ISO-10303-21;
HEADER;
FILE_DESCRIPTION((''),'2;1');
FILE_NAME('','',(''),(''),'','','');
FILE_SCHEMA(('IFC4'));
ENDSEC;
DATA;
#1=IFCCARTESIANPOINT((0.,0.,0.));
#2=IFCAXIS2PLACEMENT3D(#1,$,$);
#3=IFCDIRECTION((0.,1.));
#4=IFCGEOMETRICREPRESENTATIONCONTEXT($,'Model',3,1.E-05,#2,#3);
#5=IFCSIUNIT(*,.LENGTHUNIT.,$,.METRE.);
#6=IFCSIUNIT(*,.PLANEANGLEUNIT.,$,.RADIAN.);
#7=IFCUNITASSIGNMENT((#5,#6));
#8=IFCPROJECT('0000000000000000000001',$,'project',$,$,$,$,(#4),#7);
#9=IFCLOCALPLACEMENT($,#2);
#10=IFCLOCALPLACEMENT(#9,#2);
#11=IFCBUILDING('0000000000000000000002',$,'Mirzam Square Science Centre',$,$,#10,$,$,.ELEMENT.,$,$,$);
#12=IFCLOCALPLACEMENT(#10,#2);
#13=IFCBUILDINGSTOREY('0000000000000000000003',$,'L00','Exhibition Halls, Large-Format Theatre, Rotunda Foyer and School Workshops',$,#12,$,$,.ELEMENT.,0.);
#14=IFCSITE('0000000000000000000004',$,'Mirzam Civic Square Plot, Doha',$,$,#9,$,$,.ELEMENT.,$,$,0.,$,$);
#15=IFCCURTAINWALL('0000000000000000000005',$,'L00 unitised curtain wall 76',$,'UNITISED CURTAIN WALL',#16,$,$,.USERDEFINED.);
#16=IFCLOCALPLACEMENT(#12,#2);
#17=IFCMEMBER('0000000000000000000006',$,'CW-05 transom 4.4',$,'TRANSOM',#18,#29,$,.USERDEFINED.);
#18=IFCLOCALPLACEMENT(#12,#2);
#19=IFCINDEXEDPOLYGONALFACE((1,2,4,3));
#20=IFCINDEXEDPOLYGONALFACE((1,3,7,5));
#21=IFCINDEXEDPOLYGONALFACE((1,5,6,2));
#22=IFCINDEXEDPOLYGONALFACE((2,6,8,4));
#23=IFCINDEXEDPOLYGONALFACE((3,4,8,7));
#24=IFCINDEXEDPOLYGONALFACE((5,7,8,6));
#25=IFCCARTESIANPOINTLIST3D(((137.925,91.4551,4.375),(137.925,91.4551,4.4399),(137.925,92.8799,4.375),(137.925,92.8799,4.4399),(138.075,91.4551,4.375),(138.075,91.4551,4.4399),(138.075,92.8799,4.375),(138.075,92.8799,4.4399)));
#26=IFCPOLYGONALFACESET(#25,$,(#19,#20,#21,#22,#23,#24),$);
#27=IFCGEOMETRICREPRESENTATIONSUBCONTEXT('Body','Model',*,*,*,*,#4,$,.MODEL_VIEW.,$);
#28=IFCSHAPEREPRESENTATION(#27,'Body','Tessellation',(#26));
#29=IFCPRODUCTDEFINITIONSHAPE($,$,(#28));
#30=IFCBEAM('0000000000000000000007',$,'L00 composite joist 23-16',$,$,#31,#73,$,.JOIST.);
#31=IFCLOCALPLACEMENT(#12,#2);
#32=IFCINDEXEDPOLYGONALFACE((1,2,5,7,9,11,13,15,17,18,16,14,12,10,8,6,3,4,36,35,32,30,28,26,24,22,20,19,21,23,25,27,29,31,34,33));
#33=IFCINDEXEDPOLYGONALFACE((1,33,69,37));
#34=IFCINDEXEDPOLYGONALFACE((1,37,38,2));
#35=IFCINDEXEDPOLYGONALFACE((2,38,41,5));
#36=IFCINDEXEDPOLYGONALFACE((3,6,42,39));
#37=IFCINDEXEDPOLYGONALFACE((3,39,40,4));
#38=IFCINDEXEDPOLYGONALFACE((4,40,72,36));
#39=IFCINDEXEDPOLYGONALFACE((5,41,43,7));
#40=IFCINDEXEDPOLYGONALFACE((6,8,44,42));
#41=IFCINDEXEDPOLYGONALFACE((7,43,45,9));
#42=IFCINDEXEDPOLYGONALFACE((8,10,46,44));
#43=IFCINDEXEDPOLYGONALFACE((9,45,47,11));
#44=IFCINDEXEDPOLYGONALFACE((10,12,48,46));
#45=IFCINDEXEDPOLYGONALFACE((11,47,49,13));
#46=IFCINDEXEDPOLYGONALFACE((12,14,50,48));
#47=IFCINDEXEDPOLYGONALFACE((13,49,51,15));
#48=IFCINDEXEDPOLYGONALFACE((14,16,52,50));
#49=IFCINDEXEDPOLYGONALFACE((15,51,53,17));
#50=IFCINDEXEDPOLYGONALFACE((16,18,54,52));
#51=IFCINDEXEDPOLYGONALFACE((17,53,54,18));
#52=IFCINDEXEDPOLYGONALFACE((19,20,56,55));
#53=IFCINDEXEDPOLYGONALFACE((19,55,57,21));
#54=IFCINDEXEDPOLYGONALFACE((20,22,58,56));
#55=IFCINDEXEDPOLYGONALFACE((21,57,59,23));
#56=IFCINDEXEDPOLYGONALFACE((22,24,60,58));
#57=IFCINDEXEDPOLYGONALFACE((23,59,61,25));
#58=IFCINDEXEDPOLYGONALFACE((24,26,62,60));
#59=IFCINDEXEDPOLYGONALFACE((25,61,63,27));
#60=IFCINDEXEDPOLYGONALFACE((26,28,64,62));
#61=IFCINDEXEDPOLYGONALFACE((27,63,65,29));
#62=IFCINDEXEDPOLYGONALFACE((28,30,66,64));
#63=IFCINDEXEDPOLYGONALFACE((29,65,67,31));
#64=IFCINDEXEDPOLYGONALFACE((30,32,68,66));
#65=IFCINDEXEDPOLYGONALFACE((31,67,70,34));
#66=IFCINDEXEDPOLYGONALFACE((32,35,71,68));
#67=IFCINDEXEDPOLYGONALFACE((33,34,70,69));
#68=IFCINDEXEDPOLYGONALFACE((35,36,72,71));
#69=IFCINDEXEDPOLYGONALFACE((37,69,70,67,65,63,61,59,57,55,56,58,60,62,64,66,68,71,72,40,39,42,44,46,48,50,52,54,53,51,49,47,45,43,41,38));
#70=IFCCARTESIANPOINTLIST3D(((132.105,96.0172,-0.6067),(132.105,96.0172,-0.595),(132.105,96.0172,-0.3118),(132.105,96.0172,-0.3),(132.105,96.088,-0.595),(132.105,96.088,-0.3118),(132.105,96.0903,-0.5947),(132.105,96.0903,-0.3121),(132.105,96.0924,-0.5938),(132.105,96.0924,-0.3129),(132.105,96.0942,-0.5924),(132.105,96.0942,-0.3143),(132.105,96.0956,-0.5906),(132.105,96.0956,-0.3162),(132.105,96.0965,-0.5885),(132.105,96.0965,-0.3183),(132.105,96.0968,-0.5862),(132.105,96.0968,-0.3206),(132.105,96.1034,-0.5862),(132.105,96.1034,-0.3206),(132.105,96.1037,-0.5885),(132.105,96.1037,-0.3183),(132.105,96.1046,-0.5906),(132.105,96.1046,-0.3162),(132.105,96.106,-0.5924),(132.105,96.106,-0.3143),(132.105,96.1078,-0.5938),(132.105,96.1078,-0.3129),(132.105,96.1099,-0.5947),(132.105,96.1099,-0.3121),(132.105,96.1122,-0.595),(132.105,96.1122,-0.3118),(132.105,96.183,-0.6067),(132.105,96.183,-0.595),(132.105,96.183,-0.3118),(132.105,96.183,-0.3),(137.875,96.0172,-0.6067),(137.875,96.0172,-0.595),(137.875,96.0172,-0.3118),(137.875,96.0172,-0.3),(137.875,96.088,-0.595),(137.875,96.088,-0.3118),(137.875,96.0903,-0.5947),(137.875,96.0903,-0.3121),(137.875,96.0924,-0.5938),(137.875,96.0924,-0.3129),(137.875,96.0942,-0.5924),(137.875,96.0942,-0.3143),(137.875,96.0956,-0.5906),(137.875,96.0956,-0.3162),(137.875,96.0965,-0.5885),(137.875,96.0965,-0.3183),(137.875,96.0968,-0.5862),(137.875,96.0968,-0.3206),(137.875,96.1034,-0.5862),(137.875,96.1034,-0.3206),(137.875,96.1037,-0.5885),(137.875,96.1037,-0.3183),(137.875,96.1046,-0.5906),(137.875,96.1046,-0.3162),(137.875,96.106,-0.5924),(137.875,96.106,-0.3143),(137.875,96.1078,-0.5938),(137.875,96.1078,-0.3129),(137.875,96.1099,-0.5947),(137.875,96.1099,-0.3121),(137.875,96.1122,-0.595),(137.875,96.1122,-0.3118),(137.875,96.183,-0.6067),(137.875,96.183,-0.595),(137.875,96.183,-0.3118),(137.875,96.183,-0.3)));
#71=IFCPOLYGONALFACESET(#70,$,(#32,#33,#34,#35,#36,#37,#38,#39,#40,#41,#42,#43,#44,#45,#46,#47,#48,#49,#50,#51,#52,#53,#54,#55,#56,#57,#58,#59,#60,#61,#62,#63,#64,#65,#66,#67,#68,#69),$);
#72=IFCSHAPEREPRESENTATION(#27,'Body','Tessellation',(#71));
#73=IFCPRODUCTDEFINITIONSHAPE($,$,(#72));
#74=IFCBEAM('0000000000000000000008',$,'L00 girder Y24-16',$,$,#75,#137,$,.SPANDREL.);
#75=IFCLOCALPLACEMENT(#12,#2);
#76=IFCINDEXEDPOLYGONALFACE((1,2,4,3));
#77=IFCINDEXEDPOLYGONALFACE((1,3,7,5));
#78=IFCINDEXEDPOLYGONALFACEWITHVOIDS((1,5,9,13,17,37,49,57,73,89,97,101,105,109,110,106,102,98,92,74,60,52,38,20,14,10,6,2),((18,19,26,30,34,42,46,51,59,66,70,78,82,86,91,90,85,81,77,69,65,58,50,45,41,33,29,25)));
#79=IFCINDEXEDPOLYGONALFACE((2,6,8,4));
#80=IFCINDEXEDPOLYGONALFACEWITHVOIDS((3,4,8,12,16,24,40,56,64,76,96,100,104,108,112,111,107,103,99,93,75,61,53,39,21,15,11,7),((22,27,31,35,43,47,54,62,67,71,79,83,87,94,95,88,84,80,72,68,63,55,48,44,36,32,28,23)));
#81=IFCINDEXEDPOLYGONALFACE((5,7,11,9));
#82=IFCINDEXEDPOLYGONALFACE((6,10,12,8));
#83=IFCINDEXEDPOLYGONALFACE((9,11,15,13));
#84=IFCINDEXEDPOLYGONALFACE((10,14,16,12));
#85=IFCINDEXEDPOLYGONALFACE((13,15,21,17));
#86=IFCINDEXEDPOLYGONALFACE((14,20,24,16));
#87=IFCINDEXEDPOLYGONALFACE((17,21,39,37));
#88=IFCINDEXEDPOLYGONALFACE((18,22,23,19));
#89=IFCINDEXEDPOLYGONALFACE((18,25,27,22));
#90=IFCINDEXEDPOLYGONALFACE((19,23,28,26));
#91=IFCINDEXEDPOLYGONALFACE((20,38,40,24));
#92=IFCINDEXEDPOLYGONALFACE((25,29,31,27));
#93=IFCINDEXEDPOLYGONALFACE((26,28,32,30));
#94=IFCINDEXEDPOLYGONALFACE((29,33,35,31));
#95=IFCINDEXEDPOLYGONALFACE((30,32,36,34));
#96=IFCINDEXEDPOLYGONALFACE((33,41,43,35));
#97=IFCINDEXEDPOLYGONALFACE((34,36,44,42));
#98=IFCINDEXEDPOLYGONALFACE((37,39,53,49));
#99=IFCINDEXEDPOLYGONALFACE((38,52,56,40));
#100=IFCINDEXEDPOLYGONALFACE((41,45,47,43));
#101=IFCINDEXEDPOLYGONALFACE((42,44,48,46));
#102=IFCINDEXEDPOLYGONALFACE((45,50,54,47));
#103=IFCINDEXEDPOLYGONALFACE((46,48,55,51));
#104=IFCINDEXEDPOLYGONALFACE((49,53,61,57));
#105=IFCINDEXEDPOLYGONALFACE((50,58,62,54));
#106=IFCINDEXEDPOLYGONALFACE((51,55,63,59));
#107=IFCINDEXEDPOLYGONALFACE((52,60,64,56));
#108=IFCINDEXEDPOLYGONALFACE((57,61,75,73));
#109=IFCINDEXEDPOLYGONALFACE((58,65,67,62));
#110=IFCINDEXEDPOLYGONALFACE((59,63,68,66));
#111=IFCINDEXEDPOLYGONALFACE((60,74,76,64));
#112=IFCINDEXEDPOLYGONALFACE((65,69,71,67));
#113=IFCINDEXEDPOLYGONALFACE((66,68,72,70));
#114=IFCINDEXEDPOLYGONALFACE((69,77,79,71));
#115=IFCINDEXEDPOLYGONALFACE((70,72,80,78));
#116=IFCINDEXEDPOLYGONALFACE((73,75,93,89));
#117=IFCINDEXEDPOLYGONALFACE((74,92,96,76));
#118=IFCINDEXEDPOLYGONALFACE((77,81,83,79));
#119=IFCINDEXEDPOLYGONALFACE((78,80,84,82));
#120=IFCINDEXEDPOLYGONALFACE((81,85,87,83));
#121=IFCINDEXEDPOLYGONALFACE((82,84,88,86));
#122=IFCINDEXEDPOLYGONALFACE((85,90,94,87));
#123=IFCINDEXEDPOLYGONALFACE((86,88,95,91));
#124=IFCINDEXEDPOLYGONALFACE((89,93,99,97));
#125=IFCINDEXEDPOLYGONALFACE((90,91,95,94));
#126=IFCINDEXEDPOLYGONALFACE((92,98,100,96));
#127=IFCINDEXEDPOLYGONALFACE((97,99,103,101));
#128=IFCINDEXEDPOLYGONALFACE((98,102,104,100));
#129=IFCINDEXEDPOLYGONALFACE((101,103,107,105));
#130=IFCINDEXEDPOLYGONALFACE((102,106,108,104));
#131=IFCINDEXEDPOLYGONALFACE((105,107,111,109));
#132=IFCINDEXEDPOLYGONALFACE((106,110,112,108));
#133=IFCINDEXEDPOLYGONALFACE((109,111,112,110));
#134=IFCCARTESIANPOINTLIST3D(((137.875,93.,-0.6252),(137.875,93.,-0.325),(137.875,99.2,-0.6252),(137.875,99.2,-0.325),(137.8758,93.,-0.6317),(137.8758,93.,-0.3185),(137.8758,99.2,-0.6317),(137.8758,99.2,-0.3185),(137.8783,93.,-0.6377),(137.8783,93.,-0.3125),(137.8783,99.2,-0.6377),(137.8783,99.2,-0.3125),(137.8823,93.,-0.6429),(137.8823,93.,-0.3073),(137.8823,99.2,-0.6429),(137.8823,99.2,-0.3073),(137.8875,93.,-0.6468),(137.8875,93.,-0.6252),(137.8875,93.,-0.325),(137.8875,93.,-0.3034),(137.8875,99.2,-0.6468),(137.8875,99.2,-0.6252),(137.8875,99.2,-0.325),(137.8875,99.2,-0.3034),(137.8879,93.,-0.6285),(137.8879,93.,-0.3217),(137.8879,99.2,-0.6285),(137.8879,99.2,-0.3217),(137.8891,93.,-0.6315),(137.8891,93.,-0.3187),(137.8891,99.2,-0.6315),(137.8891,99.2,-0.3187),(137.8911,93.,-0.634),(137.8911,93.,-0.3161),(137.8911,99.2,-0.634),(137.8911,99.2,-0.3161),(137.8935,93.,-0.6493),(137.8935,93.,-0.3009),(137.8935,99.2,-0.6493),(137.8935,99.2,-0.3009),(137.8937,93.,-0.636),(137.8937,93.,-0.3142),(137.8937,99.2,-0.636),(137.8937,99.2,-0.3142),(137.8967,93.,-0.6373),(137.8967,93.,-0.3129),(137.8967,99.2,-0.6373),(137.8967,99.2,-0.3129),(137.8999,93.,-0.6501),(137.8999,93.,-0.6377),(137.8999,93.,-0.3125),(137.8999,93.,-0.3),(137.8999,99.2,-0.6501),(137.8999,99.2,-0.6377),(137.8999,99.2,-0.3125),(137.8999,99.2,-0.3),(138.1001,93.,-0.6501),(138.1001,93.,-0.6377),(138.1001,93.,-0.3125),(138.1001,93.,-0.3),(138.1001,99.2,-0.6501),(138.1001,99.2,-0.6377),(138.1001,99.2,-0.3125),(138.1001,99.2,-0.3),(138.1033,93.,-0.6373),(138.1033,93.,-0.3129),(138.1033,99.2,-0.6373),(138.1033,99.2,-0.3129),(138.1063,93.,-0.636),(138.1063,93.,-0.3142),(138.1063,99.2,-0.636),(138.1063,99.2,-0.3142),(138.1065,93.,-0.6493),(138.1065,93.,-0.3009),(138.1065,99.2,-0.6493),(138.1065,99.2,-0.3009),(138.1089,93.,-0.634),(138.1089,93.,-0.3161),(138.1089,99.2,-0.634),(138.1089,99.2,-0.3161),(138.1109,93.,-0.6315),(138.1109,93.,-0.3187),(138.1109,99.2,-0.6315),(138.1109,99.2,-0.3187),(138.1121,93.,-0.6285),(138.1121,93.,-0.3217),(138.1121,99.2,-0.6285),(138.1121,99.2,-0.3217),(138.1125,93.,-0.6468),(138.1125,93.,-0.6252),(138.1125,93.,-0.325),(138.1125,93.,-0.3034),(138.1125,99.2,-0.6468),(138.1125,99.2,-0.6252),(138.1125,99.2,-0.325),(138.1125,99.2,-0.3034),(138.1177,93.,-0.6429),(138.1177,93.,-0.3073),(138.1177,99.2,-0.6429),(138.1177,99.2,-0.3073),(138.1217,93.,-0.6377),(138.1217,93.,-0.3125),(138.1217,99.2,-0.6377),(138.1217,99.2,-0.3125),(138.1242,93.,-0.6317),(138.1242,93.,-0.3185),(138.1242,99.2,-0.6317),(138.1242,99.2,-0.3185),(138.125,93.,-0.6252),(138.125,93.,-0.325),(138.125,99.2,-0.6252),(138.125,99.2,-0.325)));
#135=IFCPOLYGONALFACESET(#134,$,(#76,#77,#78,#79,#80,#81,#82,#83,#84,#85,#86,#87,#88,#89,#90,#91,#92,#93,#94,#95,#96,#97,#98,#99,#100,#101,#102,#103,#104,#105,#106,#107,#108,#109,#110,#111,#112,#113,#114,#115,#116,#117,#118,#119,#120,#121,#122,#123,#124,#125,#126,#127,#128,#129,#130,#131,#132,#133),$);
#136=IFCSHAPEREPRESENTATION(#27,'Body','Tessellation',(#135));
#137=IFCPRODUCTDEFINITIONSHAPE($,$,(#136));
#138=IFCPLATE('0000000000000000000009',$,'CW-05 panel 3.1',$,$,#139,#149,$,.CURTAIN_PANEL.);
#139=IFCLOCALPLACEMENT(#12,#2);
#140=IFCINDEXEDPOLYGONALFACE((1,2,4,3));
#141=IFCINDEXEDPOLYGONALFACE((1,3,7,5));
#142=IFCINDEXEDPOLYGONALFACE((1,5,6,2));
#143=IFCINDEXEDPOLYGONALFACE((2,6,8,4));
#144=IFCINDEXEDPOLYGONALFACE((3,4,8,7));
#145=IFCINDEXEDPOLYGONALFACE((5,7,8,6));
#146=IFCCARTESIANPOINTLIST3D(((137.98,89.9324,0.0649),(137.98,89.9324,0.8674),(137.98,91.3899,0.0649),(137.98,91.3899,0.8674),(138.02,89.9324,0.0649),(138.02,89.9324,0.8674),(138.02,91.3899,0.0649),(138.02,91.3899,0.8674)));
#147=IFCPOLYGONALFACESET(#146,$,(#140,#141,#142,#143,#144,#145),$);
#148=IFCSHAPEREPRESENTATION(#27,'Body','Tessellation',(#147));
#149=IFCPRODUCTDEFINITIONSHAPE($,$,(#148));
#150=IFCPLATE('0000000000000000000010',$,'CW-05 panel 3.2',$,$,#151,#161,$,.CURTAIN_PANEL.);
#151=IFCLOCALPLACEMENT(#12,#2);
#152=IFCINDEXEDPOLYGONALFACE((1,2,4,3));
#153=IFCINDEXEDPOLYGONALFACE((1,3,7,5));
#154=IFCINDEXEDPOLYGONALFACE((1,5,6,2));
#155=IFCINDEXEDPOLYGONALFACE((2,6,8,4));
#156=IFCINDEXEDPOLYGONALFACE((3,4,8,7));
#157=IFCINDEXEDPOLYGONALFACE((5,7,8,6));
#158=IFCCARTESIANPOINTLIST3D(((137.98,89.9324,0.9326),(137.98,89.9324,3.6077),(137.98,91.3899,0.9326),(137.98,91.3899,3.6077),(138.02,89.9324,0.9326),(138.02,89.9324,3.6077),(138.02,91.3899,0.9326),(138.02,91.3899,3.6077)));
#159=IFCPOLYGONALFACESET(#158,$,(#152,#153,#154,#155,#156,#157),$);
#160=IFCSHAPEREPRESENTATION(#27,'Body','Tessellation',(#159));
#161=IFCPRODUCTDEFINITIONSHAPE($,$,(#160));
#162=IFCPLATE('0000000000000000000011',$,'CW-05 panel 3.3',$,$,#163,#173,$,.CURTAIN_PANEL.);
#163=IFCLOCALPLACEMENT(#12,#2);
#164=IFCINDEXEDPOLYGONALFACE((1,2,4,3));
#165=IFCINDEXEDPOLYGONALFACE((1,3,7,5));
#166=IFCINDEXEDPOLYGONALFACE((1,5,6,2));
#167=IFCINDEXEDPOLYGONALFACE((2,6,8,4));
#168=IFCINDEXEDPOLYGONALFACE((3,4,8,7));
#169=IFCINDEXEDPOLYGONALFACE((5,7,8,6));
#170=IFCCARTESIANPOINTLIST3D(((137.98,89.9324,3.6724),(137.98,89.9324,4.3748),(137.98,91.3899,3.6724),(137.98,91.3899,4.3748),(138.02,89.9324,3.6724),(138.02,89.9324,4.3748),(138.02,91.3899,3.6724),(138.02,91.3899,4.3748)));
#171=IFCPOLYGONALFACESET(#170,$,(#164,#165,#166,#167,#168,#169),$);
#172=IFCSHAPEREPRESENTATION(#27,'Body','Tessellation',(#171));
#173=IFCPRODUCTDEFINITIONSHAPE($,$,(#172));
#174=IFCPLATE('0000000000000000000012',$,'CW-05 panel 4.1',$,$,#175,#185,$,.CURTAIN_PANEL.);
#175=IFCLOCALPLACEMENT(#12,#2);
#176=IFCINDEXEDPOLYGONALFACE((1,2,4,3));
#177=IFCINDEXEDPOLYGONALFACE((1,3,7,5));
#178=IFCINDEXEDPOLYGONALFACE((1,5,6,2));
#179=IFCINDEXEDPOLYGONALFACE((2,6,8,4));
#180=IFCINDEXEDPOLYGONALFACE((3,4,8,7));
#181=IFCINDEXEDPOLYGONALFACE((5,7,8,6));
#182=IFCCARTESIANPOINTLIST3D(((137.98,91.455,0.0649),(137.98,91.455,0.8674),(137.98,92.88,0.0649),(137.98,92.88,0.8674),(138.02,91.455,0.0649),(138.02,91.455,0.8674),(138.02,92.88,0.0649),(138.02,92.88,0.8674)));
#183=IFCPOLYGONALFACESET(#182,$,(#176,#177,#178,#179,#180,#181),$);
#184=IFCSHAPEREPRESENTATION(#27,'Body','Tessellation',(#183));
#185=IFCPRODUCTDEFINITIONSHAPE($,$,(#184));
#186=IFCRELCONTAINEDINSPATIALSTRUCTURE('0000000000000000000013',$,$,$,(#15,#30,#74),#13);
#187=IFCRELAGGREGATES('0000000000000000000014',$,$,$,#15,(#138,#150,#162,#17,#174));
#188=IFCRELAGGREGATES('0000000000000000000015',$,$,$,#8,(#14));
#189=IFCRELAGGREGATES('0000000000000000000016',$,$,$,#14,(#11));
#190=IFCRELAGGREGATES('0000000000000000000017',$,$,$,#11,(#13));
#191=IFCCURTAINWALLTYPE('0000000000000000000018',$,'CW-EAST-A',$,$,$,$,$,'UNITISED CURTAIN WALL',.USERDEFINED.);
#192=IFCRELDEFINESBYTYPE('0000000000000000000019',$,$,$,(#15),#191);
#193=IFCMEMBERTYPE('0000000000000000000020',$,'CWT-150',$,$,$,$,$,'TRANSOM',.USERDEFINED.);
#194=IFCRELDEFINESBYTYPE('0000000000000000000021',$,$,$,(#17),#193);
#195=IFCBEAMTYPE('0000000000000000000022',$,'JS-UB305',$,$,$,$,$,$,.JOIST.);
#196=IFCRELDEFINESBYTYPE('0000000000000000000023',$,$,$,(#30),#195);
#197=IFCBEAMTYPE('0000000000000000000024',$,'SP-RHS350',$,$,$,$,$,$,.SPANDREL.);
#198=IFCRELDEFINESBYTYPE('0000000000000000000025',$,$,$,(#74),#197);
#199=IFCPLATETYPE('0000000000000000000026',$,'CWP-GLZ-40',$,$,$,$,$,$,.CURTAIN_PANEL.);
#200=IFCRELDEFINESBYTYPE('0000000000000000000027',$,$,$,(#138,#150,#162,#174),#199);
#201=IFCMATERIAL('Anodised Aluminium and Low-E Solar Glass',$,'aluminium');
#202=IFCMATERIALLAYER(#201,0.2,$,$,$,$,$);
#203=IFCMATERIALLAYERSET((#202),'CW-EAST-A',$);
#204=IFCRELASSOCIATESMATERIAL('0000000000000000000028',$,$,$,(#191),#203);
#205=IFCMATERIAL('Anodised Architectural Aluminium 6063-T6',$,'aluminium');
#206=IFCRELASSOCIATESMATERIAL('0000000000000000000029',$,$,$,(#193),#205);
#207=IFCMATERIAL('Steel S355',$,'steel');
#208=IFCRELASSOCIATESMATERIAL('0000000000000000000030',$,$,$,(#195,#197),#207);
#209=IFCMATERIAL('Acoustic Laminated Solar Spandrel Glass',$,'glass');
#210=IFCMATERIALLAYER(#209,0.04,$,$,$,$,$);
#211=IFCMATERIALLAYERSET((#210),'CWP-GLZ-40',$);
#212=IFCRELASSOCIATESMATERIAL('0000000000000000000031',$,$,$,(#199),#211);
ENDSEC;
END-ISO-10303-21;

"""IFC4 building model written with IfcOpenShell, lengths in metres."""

from ifc_helpers import new_model, si_unit, direction, frame, origin, origin_2d, place, context, subcontext, project, spatial, rectangle, hollow_rectangle, i_section, extrude, material, layer, layer_set, material_profile, profile_set, type_object, element, aggregate, save


model = new_model("IFC4")

# Units and contexts
model_context = context("Model", 3, precision=1e-05, world=origin(), true_north=direction((0.0, 1.0)))
body_context = subcontext(model_context, "Body", "Model", "MODEL_VIEW")
ifc_project = project(units=[si_unit("LENGTHUNIT", "METRE"), si_unit("PLANEANGLEUNIT", "RADIAN")], contexts=[model_context])

# Site, building, storey
site_placement = place(None, origin())
site = spatial("IfcSite", under=ifc_project, at=site_placement, Name="Mirzam Civic Square Plot, Doha", CompositionType="ELEMENT", RefElevation=0.0)
building_placement = place(site_placement, origin())
building = spatial("IfcBuilding", under=site, at=building_placement, Name="Mirzam Square Science Centre", CompositionType="ELEMENT")
storey_placement = place(building_placement, origin())
storey = spatial("IfcBuildingStorey", under=building, at=storey_placement, Name="L00", Description="Exhibition Halls, Large-Format Theatre, Rotunda Foyer and School Workshops", CompositionType="ELEMENT", Elevation=0.0)

# Shared definitions
ifc_material_1 = material(Name="Steel S355", Category="steel")

# Curtain wall
ifc_material_2 = material(Name="Anodised Aluminium and Low-E Solar Glass", Category="aluminium")
ifc_layer_1 = layer(ifc_material_2, 0.2)
ifc_layer_set_1 = layer_set([ifc_layer_1], Name="CW-EAST-A")
curtain_wall_type_1 = type_object("IfcCurtainWallType", Name="CW-EAST-A", ElementType="UNITISED CURTAIN WALL", PredefinedType="USERDEFINED", material=ifc_layer_set_1)
curtain_wall_1_placement = place(storey_placement, origin())
curtain_wall_1 = element("IfcCurtainWall", 1, at=curtain_wall_1_placement, inside=storey, type_object=curtain_wall_type_1, Name="L00 unitised curtain wall 76", ObjectType="UNITISED CURTAIN WALL", PredefinedType="USERDEFINED")
ifc_material_3 = material(Name="Anodised Architectural Aluminium 6063-T6", Category="aluminium")

# Member
ifc_material_profile_1 = material_profile(ifc_material_3, rectangle(XDim=0.1499, YDim=0.0649, at=origin_2d()), Name="ALU-TRAN-150x65x4")
ifc_profile_set_1 = profile_set([ifc_material_profile_1], Name="Anodised Architectural Aluminium 6063-T6")
member_type_1 = type_object("IfcMemberType", Name="CWT-150", ElementType="TRANSOM", PredefinedType="USERDEFINED", material=ifc_profile_set_1)
member_1_placement = place(storey_placement, frame((138.0, 91.4551, 4.4075), z_axis=(0.0, 1.0, 0.0), x_axis=(-1.0, 0.0, 0.0)))
member_1 = element("IfcMember", 2, at=member_1_placement, type_object=member_type_1, Name="CW-05 transom 4.4", ObjectType="TRANSOM", PredefinedType="USERDEFINED", context=body_context, shape_type="SweptSolid", body=[
    extrude(rectangle(XDim=0.1499, YDim=0.0649, at=origin_2d()), origin(), (0.0, 0.0, 1.0), 1.4248),
])

# Beams
ifc_material_profile_2 = material_profile(ifc_material_1, i_section(OverallWidth=0.1658, OverallDepth=0.3066, WebThickness=0.0066, FlangeThickness=0.0117, FilletRadius=0.0088, at=origin_2d()), Name="305x165x46UB")
ifc_profile_set_2 = profile_set([ifc_material_profile_2], Name="Steel S355")
beam_type_1 = type_object("IfcBeamType", Name="JS-UB305", PredefinedType="JOIST", material=ifc_profile_set_2)
beam_1_placement = place(storey_placement, frame((132.105, 96.1001, -0.4534), z_axis=(1.0, 0.0, 0.0), x_axis=(0.0, 1.0, 0.0)))
element("IfcBeam", 3, at=beam_1_placement, inside=storey, type_object=beam_type_1, Name="L00 composite joist 23-16", PredefinedType="JOIST", context=body_context, shape_type="SweptSolid", body=[
    extrude(i_section(OverallWidth=0.1658, OverallDepth=0.3066, WebThickness=0.0066, FlangeThickness=0.0117, FilletRadius=0.0088, at=origin_2d()), origin(), (0.0, 0.0, 1.0), 5.77),
])
ifc_material_profile_3 = material_profile(ifc_material_1, hollow_rectangle(XDim=0.25, YDim=0.3501, WallThickness=0.0125, InnerFilletRadius=0.0125, OuterFilletRadius=0.0249, at=origin_2d()), Name="350x250x12.5RHS")
ifc_profile_set_3 = profile_set([ifc_material_profile_3], Name="Steel S355")
beam_type_2 = type_object("IfcBeamType", Name="SP-RHS350", PredefinedType="SPANDREL", material=ifc_profile_set_3)
beam_2_placement = place(storey_placement, frame((138.0, 93.0, -0.4751), z_axis=(0.0, 1.0, 0.0), x_axis=(-1.0, 0.0, 0.0)))
element("IfcBeam", 4, at=beam_2_placement, inside=storey, type_object=beam_type_2, Name="L00 girder Y24-16", PredefinedType="SPANDREL", context=body_context, shape_type="SweptSolid", body=[
    extrude(hollow_rectangle(XDim=0.25, YDim=0.3501, WallThickness=0.0125, InnerFilletRadius=0.0125, OuterFilletRadius=0.0249, at=origin_2d()), origin(), (0.0, 0.0, 1.0), 6.2),
])

# Plates
ifc_material_4 = material(Name="Acoustic Laminated Solar Spandrel Glass", Category="glass")
ifc_layer_2 = layer(ifc_material_4, 0.04)
ifc_layer_set_2 = layer_set([ifc_layer_2], Name="CWP-GLZ-40")
plate_type = type_object("IfcPlateType", Name="CWP-GLZ-40", PredefinedType="CURTAIN_PANEL", material=ifc_layer_set_2)
plate_1_placement = place(storey_placement, frame((138.0, 90.6611, 0.0649), z_axis=(0.0, 0.0, 1.0), x_axis=(0.0, 1.0, 0.0)))
plate_1 = element("IfcPlate", 5, at=plate_1_placement, type_object=plate_type, Name="CW-05 panel 3.1", PredefinedType="CURTAIN_PANEL", context=body_context, shape_type="SweptSolid", body=[
    extrude(rectangle(XDim=1.4575, YDim=0.04, at=origin_2d()), origin(), (0.0, 0.0, 1.0), 0.8025),
])
plate_2_placement = place(storey_placement, frame((138.0, 90.6611, 0.9326), z_axis=(0.0, 0.0, 1.0), x_axis=(0.0, 1.0, 0.0)))
plate_2 = element("IfcPlate", 6, at=plate_2_placement, type_object=plate_type, Name="CW-05 panel 3.2", PredefinedType="CURTAIN_PANEL", context=body_context, shape_type="SweptSolid", body=[
    extrude(rectangle(XDim=1.4575, YDim=0.04, at=origin_2d()), origin(), (0.0, 0.0, 1.0), 2.675),
])
plate_3_placement = place(storey_placement, frame((138.0, 90.6611, 3.6724), z_axis=(0.0, 0.0, 1.0), x_axis=(0.0, 1.0, 0.0)))
plate_3 = element("IfcPlate", 7, at=plate_3_placement, type_object=plate_type, Name="CW-05 panel 3.3", PredefinedType="CURTAIN_PANEL", context=body_context, shape_type="SweptSolid", body=[
    extrude(rectangle(XDim=1.4575, YDim=0.04, at=origin_2d()), origin(), (0.0, 0.0, 1.0), 0.7024),
])
plate_4_placement = place(storey_placement, frame((138.0, 92.1675, 0.0649), z_axis=(0.0, 0.0, 1.0), x_axis=(0.0, 1.0, 0.0)))
plate_4 = element("IfcPlate", 8, at=plate_4_placement, type_object=plate_type, Name="CW-05 panel 4.1", PredefinedType="CURTAIN_PANEL", context=body_context, shape_type="SweptSolid", body=[
    extrude(rectangle(XDim=1.425, YDim=0.04, at=origin_2d()), origin(), (0.0, 0.0, 1.0), 0.8025),
])
aggregate(curtain_wall_1, [plate_1, plate_2, plate_3, member_1, plate_4])

save(model, "model.ifc")
